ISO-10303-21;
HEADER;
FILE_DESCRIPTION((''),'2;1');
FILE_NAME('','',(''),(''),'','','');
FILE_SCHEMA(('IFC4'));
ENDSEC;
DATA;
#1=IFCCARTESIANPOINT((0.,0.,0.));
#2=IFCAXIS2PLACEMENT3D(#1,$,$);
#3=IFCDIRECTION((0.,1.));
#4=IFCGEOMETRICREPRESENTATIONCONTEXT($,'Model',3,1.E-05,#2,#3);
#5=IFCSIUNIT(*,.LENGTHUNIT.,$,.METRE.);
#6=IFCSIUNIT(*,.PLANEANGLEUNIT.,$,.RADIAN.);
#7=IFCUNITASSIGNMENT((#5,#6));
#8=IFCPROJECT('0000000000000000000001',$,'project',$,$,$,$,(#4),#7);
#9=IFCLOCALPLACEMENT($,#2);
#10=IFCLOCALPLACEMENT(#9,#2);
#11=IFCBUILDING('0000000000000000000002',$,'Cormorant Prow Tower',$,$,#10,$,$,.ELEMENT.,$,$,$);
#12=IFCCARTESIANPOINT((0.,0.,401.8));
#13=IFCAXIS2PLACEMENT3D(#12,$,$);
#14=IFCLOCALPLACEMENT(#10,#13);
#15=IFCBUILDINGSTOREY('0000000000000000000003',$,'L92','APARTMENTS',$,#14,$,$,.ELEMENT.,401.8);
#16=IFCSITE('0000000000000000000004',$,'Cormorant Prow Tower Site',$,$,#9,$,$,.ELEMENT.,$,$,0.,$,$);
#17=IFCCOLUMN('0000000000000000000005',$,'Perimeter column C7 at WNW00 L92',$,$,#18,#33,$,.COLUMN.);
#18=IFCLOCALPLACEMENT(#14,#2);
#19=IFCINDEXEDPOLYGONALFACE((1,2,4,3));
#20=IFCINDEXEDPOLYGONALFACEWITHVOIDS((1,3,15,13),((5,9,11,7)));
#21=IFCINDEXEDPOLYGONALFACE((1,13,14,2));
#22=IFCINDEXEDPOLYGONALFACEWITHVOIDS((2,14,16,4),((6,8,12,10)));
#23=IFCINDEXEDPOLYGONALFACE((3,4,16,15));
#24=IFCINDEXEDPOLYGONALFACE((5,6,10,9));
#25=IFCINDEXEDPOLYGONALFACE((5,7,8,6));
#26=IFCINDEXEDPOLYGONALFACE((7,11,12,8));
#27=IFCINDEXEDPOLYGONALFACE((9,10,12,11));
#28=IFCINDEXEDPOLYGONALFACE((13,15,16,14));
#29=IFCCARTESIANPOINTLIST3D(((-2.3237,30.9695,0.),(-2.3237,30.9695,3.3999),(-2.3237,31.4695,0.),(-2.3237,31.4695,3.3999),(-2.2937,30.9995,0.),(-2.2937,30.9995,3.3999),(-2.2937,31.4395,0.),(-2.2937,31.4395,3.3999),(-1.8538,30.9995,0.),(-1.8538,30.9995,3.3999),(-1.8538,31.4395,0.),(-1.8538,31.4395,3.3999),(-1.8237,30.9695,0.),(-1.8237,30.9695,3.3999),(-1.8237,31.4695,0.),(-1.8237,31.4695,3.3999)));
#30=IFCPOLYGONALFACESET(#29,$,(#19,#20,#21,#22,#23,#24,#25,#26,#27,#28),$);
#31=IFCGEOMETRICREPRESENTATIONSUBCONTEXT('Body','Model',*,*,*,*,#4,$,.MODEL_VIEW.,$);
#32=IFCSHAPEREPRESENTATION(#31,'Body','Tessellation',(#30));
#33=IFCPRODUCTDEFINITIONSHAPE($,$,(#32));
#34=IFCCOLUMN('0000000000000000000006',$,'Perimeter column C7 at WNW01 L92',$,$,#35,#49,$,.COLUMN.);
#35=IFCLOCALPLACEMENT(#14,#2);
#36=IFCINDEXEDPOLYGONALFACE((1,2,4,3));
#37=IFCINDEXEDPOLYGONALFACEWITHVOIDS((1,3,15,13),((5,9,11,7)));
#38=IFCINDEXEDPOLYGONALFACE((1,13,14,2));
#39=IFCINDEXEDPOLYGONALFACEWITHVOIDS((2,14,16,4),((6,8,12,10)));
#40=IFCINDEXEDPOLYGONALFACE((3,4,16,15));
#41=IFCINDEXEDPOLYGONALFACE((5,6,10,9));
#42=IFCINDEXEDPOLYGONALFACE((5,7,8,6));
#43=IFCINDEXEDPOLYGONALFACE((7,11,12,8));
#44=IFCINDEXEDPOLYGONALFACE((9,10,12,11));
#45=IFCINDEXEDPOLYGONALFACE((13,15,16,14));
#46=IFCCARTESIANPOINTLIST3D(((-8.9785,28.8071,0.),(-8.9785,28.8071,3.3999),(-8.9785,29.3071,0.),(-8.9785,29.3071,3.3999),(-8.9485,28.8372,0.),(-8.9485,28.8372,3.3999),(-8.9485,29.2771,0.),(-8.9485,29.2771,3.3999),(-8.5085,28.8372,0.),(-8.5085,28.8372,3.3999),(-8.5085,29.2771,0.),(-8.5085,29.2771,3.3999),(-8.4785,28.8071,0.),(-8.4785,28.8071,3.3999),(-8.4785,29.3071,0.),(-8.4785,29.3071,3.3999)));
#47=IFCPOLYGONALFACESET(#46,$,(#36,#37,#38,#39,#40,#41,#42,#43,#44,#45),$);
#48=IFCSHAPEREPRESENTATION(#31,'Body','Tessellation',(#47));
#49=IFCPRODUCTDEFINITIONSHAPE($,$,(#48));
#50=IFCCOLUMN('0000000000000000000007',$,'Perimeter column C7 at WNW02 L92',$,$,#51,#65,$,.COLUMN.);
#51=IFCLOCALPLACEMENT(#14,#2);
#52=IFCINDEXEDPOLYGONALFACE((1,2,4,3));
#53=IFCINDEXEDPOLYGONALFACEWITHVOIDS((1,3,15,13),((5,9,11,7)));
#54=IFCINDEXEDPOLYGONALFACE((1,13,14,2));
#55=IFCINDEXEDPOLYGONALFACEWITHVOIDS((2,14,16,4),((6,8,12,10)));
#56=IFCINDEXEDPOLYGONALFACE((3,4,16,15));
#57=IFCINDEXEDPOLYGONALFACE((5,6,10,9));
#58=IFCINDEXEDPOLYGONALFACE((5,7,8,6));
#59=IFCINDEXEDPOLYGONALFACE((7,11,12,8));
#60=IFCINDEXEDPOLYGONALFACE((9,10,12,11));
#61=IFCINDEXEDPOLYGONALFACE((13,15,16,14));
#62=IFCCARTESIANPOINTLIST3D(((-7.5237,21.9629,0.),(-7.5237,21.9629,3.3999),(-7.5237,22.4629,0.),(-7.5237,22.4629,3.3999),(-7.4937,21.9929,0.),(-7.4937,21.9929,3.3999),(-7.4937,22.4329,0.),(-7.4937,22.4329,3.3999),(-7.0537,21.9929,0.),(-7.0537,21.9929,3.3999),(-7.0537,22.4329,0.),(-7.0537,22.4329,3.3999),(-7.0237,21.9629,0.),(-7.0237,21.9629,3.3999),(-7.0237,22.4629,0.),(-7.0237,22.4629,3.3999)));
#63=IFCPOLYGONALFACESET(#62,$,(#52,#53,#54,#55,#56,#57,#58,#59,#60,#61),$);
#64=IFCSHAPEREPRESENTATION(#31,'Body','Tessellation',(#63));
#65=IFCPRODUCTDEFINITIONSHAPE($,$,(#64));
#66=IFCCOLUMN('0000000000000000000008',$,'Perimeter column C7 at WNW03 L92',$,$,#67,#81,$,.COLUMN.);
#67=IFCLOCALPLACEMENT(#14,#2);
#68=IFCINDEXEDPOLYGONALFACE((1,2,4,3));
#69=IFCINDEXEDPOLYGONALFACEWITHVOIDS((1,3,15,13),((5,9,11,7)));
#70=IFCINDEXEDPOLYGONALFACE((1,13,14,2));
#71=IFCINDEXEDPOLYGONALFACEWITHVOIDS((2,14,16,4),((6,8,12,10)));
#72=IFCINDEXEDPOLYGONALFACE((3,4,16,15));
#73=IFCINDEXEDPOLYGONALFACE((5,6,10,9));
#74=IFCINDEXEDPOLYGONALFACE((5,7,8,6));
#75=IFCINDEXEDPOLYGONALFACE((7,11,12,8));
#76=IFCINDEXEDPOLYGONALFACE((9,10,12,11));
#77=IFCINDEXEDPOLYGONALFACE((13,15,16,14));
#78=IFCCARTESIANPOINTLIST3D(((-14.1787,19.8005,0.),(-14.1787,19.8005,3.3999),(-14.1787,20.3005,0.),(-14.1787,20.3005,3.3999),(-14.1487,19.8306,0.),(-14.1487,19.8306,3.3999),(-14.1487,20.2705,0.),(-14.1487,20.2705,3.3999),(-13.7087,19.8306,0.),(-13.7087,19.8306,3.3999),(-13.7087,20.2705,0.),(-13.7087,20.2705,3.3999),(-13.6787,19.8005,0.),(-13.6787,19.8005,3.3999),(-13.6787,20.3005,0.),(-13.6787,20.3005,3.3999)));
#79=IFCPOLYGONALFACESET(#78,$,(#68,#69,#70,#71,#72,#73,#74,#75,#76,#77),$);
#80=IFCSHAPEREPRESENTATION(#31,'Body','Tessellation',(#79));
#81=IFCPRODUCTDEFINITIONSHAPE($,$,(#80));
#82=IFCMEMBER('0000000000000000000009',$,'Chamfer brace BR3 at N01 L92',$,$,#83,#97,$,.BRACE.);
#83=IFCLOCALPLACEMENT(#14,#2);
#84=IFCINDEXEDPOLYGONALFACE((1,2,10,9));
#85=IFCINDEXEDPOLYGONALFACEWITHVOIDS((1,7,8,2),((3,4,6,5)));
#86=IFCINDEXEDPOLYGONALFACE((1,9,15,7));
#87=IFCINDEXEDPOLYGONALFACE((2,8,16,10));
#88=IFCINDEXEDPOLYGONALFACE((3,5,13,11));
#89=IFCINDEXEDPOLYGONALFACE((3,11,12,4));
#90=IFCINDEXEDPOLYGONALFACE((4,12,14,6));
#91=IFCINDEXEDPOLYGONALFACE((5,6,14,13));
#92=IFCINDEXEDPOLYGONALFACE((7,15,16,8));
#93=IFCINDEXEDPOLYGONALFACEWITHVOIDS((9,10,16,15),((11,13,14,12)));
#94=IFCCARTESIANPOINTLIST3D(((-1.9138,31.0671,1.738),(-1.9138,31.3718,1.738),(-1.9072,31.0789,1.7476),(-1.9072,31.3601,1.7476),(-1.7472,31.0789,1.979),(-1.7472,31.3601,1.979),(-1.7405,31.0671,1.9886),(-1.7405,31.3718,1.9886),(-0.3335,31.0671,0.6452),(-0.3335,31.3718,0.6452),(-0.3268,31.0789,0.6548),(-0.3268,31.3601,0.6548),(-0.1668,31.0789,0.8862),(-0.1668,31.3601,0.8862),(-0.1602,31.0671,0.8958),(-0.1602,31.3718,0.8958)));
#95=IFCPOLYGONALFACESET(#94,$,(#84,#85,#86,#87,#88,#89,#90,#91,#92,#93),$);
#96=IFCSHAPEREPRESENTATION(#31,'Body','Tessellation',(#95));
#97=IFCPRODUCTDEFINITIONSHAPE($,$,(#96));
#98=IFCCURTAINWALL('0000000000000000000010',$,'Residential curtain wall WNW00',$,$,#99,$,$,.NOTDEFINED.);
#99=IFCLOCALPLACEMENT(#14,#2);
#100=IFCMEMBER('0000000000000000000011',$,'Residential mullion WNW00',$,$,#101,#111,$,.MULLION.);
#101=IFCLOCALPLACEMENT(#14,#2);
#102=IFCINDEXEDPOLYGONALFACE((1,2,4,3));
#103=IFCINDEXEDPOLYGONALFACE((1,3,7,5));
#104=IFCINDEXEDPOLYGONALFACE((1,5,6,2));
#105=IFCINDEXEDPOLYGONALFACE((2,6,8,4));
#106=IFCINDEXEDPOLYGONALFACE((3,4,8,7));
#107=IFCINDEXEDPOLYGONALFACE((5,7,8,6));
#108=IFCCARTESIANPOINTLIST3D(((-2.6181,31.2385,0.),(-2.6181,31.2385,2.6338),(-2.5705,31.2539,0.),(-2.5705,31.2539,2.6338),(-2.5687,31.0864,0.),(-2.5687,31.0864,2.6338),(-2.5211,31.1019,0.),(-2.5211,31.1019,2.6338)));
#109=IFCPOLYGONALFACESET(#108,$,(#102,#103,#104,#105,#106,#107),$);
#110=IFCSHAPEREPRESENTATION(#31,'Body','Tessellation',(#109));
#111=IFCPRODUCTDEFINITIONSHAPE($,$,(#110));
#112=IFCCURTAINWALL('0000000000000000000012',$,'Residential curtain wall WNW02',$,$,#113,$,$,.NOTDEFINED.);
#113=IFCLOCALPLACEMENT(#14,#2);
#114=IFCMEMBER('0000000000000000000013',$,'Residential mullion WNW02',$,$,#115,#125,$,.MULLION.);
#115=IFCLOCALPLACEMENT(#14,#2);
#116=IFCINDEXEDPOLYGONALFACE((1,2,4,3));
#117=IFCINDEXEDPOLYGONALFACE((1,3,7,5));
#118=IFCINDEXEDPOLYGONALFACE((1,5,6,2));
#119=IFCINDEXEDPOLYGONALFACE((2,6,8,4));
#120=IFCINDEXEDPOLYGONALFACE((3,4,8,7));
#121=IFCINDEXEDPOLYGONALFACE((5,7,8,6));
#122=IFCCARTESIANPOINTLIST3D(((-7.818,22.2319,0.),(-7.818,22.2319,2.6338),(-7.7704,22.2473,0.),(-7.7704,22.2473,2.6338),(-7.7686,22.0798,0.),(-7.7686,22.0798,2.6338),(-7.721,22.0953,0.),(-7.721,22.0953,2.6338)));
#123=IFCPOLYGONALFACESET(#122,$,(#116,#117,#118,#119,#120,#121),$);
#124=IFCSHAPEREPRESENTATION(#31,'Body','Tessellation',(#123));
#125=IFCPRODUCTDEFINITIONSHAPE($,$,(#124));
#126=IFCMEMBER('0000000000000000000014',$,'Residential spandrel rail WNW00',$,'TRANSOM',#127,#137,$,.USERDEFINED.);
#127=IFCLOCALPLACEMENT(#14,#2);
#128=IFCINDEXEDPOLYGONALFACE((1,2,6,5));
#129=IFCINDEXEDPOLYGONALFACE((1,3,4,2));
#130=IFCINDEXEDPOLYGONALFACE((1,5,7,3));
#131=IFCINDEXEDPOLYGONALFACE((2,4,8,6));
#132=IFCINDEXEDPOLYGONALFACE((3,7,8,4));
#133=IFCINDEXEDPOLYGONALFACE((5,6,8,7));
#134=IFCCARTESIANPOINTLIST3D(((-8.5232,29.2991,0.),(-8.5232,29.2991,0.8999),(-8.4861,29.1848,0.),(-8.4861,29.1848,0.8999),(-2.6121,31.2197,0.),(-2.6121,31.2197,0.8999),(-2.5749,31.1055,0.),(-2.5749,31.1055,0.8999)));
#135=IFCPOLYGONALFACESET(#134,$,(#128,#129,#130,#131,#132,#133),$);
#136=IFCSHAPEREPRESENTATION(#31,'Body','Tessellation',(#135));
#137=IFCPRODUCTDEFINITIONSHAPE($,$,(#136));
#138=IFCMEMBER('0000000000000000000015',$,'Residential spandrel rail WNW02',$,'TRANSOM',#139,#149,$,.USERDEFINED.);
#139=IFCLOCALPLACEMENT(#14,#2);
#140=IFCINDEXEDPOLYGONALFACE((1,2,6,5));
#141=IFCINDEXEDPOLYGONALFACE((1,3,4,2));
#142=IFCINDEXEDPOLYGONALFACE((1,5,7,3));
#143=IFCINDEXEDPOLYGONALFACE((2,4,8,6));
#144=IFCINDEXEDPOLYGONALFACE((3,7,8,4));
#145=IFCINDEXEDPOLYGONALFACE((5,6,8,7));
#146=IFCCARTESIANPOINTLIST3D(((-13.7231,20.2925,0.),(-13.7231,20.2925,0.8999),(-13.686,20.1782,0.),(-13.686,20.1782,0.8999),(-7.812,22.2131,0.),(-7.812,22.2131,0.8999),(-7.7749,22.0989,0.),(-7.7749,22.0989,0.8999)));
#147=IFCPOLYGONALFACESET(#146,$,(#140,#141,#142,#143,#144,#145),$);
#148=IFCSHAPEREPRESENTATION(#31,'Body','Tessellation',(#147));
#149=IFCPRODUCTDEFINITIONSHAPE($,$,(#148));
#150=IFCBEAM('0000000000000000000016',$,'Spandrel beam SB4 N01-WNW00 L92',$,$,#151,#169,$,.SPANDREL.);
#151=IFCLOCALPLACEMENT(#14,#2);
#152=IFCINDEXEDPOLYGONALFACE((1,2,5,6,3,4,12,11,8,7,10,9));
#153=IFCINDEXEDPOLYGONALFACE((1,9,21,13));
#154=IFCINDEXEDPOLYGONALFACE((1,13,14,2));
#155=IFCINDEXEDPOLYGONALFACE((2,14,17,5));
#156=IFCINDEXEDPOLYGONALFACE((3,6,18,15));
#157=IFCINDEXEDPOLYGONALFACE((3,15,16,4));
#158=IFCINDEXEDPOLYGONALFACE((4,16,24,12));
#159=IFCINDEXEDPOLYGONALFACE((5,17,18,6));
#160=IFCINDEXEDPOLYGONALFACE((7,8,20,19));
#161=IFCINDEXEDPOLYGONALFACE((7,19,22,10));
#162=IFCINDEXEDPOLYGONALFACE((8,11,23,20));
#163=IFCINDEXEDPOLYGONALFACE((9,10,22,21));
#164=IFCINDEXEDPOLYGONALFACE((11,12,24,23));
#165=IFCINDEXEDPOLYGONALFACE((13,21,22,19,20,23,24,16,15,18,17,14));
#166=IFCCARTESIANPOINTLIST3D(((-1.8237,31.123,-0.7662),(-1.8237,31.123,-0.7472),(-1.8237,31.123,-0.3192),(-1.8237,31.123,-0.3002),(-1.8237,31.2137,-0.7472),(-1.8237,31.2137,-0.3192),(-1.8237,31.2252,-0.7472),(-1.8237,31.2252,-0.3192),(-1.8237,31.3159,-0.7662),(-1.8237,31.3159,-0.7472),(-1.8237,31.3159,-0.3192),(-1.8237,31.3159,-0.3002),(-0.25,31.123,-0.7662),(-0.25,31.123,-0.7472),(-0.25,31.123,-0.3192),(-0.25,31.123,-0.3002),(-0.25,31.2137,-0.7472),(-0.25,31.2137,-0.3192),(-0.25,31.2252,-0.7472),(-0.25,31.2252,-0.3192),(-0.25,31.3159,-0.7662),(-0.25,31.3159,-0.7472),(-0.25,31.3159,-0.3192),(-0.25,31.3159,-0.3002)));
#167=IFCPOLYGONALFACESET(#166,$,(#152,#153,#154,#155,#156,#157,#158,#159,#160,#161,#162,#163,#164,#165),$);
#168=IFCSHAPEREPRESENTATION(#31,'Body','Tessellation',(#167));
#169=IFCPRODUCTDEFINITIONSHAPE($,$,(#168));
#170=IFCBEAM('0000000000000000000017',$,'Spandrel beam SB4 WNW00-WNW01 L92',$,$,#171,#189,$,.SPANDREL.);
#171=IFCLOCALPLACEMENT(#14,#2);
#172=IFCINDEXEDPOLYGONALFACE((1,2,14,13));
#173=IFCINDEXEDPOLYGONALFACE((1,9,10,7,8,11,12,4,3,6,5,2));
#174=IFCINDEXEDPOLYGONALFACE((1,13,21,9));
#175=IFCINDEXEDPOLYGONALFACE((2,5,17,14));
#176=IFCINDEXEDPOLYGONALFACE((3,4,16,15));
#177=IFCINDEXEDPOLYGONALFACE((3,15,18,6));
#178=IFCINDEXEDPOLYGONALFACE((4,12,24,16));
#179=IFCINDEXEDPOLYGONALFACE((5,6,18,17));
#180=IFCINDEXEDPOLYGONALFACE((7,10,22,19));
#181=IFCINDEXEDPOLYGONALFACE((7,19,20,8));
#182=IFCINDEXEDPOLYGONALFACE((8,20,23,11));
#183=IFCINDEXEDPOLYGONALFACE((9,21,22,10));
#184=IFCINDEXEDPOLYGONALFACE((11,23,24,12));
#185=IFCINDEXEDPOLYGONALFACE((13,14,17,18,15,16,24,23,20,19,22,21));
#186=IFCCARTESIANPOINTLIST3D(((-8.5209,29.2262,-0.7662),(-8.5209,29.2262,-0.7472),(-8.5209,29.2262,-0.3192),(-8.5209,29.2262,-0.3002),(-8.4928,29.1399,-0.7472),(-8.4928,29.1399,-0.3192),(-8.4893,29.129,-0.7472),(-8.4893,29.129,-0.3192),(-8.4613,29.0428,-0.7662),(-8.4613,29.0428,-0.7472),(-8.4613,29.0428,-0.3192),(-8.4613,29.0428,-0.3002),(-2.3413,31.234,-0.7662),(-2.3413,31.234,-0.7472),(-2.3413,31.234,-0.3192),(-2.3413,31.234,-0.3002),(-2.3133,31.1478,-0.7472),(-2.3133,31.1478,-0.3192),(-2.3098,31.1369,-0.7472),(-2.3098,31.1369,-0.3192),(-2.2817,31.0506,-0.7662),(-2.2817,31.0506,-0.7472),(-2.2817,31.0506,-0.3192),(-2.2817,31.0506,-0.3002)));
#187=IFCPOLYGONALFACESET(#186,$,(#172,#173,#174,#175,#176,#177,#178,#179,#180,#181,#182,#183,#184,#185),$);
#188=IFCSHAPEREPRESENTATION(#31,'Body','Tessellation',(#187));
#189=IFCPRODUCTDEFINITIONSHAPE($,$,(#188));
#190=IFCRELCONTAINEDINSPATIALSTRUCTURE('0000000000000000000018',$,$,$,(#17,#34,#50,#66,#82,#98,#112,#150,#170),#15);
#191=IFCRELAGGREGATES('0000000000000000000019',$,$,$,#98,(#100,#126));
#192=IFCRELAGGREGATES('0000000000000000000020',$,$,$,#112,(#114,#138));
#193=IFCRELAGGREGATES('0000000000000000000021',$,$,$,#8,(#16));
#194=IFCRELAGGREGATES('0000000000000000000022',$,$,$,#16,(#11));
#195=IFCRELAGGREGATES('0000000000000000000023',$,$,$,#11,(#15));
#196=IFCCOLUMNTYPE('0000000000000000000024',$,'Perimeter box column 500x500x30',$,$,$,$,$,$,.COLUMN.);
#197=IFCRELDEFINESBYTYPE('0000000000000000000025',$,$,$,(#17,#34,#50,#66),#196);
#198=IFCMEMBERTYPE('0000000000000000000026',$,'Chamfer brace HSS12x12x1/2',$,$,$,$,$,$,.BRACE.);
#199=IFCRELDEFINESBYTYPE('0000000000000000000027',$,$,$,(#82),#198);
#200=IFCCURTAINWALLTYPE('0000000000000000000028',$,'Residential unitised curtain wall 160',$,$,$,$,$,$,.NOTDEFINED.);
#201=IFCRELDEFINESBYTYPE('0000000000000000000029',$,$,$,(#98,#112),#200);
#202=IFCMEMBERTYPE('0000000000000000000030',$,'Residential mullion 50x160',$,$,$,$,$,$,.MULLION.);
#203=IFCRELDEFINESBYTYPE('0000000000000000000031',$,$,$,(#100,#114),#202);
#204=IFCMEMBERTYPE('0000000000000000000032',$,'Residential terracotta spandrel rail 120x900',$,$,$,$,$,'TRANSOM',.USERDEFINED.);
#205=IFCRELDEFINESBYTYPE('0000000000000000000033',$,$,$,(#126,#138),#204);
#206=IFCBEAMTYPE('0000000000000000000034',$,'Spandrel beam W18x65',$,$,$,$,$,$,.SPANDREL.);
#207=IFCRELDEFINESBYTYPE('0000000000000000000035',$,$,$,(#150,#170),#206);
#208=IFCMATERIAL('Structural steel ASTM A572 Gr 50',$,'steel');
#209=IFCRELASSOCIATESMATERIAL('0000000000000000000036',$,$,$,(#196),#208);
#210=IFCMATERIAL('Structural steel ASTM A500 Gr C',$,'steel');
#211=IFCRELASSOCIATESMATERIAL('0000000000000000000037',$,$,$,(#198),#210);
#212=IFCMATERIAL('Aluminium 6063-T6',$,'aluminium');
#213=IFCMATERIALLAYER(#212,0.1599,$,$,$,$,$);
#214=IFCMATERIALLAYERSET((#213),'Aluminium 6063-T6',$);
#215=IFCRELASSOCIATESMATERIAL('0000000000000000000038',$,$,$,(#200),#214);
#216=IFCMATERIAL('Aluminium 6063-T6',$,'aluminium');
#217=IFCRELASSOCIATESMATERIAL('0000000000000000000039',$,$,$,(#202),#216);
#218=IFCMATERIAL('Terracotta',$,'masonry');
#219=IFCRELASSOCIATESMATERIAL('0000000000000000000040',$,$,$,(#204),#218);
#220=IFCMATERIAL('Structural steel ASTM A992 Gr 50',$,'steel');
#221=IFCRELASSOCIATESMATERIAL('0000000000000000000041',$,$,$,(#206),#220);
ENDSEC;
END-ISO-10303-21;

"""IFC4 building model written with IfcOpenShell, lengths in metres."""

from ifc_helpers import new_model, si_unit, direction, frame, origin, origin_2d, place, context, subcontext, project, spatial, rectangle, hollow_rectangle, i_section, extrude, material, layer, layer_set, material_profile, profile_set, type_object, element, aggregate, save


model = new_model("IFC4")

# Units and contexts
model_context = context("Model", 3, precision=1e-05, world=origin(), true_north=direction((0.0, 1.0)))
body_context = subcontext(model_context, "Body", "Model", "MODEL_VIEW")
ifc_project = project(units=[si_unit("LENGTHUNIT", "METRE"), si_unit("PLANEANGLEUNIT", "RADIAN")], contexts=[model_context])

# Site, building, storey
site_placement = place(None, origin())
site = spatial("IfcSite", under=ifc_project, at=site_placement, Name="Cormorant Prow Tower Site", CompositionType="ELEMENT", RefElevation=0.0)
building_placement = place(site_placement, origin())
building = spatial("IfcBuilding", under=site, at=building_placement, Name="Cormorant Prow Tower", CompositionType="ELEMENT")
storey_placement = place(building_placement, frame((0.0, 0.0, 401.8)))
storey = spatial("IfcBuildingStorey", under=building, at=storey_placement, Name="L92", Description="APARTMENTS", CompositionType="ELEMENT", Elevation=401.8)

# Columns
ifc_material_1 = material(Name="Structural steel ASTM A572 Gr 50", Category="steel")
ifc_material_profile_1 = material_profile(ifc_material_1, hollow_rectangle(XDim=0.5, YDim=0.5, WallThickness=0.03, at=origin_2d()), Name="Box 500x500x30")
ifc_profile_set_1 = profile_set([ifc_material_profile_1], Name="Structural steel ASTM A572 Gr 50")
column_type = type_object("IfcColumnType", Name="Perimeter box column 500x500x30", PredefinedType="COLUMN", material=ifc_profile_set_1)
for number, where, z_axis, x_axis, name in (
    (1, (-2.0737, 31.2195, 0.0), (0.0, 0.0, 1.0), (1.0, 0.0, 0.0), "Perimeter column C7 at WNW00 L92"),
    (2, (-8.7285, 29.0571, 0.0), (0.0, 0.0, 1.0), (1.0, 0.0, 0.0), "Perimeter column C7 at WNW01 L92"),
    (3, (-7.2737, 22.2129, 0.0), (0.0, 0.0, 1.0), (1.0, 0.0, 0.0), "Perimeter column C7 at WNW02 L92"),
    (4, (-13.9287, 20.0505, 0.0), (0.0, 0.0, 1.0), (1.0, 0.0, 0.0), "Perimeter column C7 at WNW03 L92"),
):
    element("IfcColumn", number, at=place(storey_placement, frame(where, z_axis=z_axis, x_axis=x_axis)), inside=storey, type_object=column_type, Name=name, PredefinedType="COLUMN", context=body_context, shape_type="SweptSolid", body=[
        extrude(hollow_rectangle(XDim=0.5, YDim=0.5, WallThickness=0.03, at=origin_2d()), origin(), (0.0, 0.0, 1.0), 3.3999),
    ])

# Member
ifc_material_2 = material(Name="Structural steel ASTM A500 Gr C", Category="steel")
ifc_material_profile_2 = material_profile(ifc_material_2, hollow_rectangle(XDim=0.3047, YDim=0.3047, WallThickness=0.0117, at=origin_2d()), Name="HSS12x12x1/2")
ifc_profile_set_2 = profile_set([ifc_material_profile_2], Name="Structural steel ASTM A500 Gr C")
member_type_1 = type_object("IfcMemberType", Name="Chamfer brace HSS12x12x1/2", PredefinedType="BRACE", material=ifc_profile_set_2)
member_1_placement = place(storey_placement, frame((-0.2468, 31.2195, 0.7705), z_axis=(-0.822508, 0.0, 0.568754), x_axis=(0.0, -1.0, 0.0)))
element("IfcMember", 5, at=member_1_placement, inside=storey, type_object=member_type_1, Name="Chamfer brace BR3 at N01 L92", PredefinedType="BRACE", context=body_context, shape_type="SweptSolid", body=[
    extrude(hollow_rectangle(XDim=0.3047, YDim=0.3047, WallThickness=0.0117, at=origin_2d()), origin(), (0.0, 0.0, 1.0), 1.9214),
])

# Curtain walls, members
ifc_material_3 = material(Name="Aluminium 6063-T6", Category="aluminium")
ifc_layer_1 = layer(ifc_material_3, 0.1599)
ifc_layer_set_1 = layer_set([ifc_layer_1], Name="Aluminium 6063-T6")
curtain_wall_type = type_object("IfcCurtainWallType", Name="Residential unitised curtain wall 160", PredefinedType="NOTDEFINED", material=ifc_layer_set_1)
curtain_wall_1_placement = place(storey_placement, origin())
curtain_wall_1 = element("IfcCurtainWall", 6, at=curtain_wall_1_placement, inside=storey, type_object=curtain_wall_type, Name="Residential curtain wall WNW00", PredefinedType="NOTDEFINED")
ifc_material_4 = material(Name="Aluminium 6063-T6", Category="aluminium")
ifc_material_profile_3 = material_profile(ifc_material_4, rectangle(XDim=0.1599, YDim=0.05, at=origin_2d()), Name="Residential mullion 50x160")
ifc_profile_set_3 = profile_set([ifc_material_profile_3], Name="Aluminium 6063-T6")
member_type_2 = type_object("IfcMemberType", Name="Residential mullion 50x160", PredefinedType="MULLION", material=ifc_profile_set_3)
member_2_placement = place(storey_placement, frame((-2.5696, 31.1702, 0.0), z_axis=(0.0, 0.0, 1.0), x_axis=(0.309017, -0.951057, 0.0)))
member_2 = element("IfcMember", 7, at=member_2_placement, type_object=member_type_2, Name="Residential mullion WNW00", PredefinedType="MULLION", context=body_context, shape_type="SweptSolid", body=[
    extrude(rectangle(XDim=0.1599, YDim=0.05, at=origin_2d()), origin(), (0.0, 0.0, 1.0), 2.6338),
])
curtain_wall_2_placement = place(storey_placement, origin())
curtain_wall_2 = element("IfcCurtainWall", 8, at=curtain_wall_2_placement, inside=storey, type_object=curtain_wall_type, Name="Residential curtain wall WNW02", PredefinedType="NOTDEFINED")
member_3_placement = place(storey_placement, frame((-7.7695, 22.1636, 0.0), z_axis=(0.0, 0.0, 1.0), x_axis=(0.309017, -0.951057, 0.0)))
member_3 = element("IfcMember", 9, at=member_3_placement, type_object=member_type_2, Name="Residential mullion WNW02", PredefinedType="MULLION", context=body_context, shape_type="SweptSolid", body=[
    extrude(rectangle(XDim=0.1599, YDim=0.05, at=origin_2d()), origin(), (0.0, 0.0, 1.0), 2.6338),
])

# Members
ifc_material_5 = material(Name="Terracotta", Category="masonry")
ifc_material_profile_4 = material_profile(ifc_material_5, rectangle(XDim=0.1201, YDim=0.8999, at=origin_2d()), Name="Residential terracotta spandrel rail 120x900")
ifc_profile_set_4 = profile_set([ifc_material_profile_4], Name="Terracotta")
member_type_3 = type_object("IfcMemberType", Name="Residential terracotta spandrel rail 120x900", ElementType="TRANSOM", PredefinedType="USERDEFINED", material=ifc_profile_set_4)
member_4_placement = place(storey_placement, frame((-2.5935, 31.1626, 0.45), z_axis=(-0.951056, -0.309019, 0.0), x_axis=(0.309019, -0.951056, 0.0)))
member_4 = element("IfcMember", 10, at=member_4_placement, type_object=member_type_3, Name="Residential spandrel rail WNW00", ObjectType="TRANSOM", PredefinedType="USERDEFINED", context=body_context, shape_type="SweptSolid", body=[
    extrude(rectangle(XDim=0.1201, YDim=0.8999, at=origin_2d()), origin(), (0.0, 0.0, 1.0), 6.2153),
])
member_5_placement = place(storey_placement, frame((-7.7935, 22.156, 0.45), z_axis=(-0.951056, -0.309019, 0.0), x_axis=(0.309019, -0.951056, 0.0)))
member_5 = element("IfcMember", 11, at=member_5_placement, type_object=member_type_3, Name="Residential spandrel rail WNW02", ObjectType="TRANSOM", PredefinedType="USERDEFINED", context=body_context, shape_type="SweptSolid", body=[
    extrude(rectangle(XDim=0.1201, YDim=0.8999, at=origin_2d()), origin(), (0.0, 0.0, 1.0), 6.2153),
])

# Beams
ifc_material_6 = material(Name="Structural steel ASTM A992 Gr 50", Category="steel")
ifc_material_profile_5 = material_profile(ifc_material_6, i_section(OverallWidth=0.1929, OverallDepth=0.4661, WebThickness=0.0115, FlangeThickness=0.019, at=origin_2d()), Name="W18x65")
ifc_profile_set_5 = profile_set([ifc_material_profile_5], Name="Structural steel ASTM A992 Gr 50")
beam_type = type_object("IfcBeamType", Name="Spandrel beam W18x65", PredefinedType="SPANDREL", material=ifc_profile_set_5)
beam_1_placement = place(storey_placement, frame((-0.25, 31.2195, -0.5332), z_axis=(-1.0, 0.0, 0.0), x_axis=(0.0, -1.0, 0.0)))
element("IfcBeam", 12, at=beam_1_placement, inside=storey, type_object=beam_type, Name="Spandrel beam SB4 N01-WNW00 L92", PredefinedType="SPANDREL", context=body_context, shape_type="SweptSolid", body=[
    extrude(i_section(OverallWidth=0.1929, OverallDepth=0.4661, WebThickness=0.0115, FlangeThickness=0.019, at=origin_2d()), origin(), (0.0, 0.0, 1.0), 1.5737),
])
for number, where, z_axis, x_axis, name in (
    (13, (-2.3115, 31.1423, -0.5332), (-0.951057, -0.309016, 0.0), (0.309016, -0.951057, 0.0), "Spandrel beam SB4 WNW00-WNW01 L92"),
):
    element("IfcBeam", number, at=place(storey_placement, frame(where, z_axis=z_axis, x_axis=x_axis)), inside=storey, type_object=beam_type, Name=name, PredefinedType="SPANDREL", context=body_context, shape_type="SweptSolid", body=[
        extrude(i_section(OverallWidth=0.1929, OverallDepth=0.4661, WebThickness=0.0115, FlangeThickness=0.019, at=origin_2d()), origin(), (0.0, 0.0, 1.0), 6.4976),
    ])

aggregate(curtain_wall_1, [member_2, member_4])
aggregate(curtain_wall_2, [member_3, member_5])

save(model, "model.ifc")
